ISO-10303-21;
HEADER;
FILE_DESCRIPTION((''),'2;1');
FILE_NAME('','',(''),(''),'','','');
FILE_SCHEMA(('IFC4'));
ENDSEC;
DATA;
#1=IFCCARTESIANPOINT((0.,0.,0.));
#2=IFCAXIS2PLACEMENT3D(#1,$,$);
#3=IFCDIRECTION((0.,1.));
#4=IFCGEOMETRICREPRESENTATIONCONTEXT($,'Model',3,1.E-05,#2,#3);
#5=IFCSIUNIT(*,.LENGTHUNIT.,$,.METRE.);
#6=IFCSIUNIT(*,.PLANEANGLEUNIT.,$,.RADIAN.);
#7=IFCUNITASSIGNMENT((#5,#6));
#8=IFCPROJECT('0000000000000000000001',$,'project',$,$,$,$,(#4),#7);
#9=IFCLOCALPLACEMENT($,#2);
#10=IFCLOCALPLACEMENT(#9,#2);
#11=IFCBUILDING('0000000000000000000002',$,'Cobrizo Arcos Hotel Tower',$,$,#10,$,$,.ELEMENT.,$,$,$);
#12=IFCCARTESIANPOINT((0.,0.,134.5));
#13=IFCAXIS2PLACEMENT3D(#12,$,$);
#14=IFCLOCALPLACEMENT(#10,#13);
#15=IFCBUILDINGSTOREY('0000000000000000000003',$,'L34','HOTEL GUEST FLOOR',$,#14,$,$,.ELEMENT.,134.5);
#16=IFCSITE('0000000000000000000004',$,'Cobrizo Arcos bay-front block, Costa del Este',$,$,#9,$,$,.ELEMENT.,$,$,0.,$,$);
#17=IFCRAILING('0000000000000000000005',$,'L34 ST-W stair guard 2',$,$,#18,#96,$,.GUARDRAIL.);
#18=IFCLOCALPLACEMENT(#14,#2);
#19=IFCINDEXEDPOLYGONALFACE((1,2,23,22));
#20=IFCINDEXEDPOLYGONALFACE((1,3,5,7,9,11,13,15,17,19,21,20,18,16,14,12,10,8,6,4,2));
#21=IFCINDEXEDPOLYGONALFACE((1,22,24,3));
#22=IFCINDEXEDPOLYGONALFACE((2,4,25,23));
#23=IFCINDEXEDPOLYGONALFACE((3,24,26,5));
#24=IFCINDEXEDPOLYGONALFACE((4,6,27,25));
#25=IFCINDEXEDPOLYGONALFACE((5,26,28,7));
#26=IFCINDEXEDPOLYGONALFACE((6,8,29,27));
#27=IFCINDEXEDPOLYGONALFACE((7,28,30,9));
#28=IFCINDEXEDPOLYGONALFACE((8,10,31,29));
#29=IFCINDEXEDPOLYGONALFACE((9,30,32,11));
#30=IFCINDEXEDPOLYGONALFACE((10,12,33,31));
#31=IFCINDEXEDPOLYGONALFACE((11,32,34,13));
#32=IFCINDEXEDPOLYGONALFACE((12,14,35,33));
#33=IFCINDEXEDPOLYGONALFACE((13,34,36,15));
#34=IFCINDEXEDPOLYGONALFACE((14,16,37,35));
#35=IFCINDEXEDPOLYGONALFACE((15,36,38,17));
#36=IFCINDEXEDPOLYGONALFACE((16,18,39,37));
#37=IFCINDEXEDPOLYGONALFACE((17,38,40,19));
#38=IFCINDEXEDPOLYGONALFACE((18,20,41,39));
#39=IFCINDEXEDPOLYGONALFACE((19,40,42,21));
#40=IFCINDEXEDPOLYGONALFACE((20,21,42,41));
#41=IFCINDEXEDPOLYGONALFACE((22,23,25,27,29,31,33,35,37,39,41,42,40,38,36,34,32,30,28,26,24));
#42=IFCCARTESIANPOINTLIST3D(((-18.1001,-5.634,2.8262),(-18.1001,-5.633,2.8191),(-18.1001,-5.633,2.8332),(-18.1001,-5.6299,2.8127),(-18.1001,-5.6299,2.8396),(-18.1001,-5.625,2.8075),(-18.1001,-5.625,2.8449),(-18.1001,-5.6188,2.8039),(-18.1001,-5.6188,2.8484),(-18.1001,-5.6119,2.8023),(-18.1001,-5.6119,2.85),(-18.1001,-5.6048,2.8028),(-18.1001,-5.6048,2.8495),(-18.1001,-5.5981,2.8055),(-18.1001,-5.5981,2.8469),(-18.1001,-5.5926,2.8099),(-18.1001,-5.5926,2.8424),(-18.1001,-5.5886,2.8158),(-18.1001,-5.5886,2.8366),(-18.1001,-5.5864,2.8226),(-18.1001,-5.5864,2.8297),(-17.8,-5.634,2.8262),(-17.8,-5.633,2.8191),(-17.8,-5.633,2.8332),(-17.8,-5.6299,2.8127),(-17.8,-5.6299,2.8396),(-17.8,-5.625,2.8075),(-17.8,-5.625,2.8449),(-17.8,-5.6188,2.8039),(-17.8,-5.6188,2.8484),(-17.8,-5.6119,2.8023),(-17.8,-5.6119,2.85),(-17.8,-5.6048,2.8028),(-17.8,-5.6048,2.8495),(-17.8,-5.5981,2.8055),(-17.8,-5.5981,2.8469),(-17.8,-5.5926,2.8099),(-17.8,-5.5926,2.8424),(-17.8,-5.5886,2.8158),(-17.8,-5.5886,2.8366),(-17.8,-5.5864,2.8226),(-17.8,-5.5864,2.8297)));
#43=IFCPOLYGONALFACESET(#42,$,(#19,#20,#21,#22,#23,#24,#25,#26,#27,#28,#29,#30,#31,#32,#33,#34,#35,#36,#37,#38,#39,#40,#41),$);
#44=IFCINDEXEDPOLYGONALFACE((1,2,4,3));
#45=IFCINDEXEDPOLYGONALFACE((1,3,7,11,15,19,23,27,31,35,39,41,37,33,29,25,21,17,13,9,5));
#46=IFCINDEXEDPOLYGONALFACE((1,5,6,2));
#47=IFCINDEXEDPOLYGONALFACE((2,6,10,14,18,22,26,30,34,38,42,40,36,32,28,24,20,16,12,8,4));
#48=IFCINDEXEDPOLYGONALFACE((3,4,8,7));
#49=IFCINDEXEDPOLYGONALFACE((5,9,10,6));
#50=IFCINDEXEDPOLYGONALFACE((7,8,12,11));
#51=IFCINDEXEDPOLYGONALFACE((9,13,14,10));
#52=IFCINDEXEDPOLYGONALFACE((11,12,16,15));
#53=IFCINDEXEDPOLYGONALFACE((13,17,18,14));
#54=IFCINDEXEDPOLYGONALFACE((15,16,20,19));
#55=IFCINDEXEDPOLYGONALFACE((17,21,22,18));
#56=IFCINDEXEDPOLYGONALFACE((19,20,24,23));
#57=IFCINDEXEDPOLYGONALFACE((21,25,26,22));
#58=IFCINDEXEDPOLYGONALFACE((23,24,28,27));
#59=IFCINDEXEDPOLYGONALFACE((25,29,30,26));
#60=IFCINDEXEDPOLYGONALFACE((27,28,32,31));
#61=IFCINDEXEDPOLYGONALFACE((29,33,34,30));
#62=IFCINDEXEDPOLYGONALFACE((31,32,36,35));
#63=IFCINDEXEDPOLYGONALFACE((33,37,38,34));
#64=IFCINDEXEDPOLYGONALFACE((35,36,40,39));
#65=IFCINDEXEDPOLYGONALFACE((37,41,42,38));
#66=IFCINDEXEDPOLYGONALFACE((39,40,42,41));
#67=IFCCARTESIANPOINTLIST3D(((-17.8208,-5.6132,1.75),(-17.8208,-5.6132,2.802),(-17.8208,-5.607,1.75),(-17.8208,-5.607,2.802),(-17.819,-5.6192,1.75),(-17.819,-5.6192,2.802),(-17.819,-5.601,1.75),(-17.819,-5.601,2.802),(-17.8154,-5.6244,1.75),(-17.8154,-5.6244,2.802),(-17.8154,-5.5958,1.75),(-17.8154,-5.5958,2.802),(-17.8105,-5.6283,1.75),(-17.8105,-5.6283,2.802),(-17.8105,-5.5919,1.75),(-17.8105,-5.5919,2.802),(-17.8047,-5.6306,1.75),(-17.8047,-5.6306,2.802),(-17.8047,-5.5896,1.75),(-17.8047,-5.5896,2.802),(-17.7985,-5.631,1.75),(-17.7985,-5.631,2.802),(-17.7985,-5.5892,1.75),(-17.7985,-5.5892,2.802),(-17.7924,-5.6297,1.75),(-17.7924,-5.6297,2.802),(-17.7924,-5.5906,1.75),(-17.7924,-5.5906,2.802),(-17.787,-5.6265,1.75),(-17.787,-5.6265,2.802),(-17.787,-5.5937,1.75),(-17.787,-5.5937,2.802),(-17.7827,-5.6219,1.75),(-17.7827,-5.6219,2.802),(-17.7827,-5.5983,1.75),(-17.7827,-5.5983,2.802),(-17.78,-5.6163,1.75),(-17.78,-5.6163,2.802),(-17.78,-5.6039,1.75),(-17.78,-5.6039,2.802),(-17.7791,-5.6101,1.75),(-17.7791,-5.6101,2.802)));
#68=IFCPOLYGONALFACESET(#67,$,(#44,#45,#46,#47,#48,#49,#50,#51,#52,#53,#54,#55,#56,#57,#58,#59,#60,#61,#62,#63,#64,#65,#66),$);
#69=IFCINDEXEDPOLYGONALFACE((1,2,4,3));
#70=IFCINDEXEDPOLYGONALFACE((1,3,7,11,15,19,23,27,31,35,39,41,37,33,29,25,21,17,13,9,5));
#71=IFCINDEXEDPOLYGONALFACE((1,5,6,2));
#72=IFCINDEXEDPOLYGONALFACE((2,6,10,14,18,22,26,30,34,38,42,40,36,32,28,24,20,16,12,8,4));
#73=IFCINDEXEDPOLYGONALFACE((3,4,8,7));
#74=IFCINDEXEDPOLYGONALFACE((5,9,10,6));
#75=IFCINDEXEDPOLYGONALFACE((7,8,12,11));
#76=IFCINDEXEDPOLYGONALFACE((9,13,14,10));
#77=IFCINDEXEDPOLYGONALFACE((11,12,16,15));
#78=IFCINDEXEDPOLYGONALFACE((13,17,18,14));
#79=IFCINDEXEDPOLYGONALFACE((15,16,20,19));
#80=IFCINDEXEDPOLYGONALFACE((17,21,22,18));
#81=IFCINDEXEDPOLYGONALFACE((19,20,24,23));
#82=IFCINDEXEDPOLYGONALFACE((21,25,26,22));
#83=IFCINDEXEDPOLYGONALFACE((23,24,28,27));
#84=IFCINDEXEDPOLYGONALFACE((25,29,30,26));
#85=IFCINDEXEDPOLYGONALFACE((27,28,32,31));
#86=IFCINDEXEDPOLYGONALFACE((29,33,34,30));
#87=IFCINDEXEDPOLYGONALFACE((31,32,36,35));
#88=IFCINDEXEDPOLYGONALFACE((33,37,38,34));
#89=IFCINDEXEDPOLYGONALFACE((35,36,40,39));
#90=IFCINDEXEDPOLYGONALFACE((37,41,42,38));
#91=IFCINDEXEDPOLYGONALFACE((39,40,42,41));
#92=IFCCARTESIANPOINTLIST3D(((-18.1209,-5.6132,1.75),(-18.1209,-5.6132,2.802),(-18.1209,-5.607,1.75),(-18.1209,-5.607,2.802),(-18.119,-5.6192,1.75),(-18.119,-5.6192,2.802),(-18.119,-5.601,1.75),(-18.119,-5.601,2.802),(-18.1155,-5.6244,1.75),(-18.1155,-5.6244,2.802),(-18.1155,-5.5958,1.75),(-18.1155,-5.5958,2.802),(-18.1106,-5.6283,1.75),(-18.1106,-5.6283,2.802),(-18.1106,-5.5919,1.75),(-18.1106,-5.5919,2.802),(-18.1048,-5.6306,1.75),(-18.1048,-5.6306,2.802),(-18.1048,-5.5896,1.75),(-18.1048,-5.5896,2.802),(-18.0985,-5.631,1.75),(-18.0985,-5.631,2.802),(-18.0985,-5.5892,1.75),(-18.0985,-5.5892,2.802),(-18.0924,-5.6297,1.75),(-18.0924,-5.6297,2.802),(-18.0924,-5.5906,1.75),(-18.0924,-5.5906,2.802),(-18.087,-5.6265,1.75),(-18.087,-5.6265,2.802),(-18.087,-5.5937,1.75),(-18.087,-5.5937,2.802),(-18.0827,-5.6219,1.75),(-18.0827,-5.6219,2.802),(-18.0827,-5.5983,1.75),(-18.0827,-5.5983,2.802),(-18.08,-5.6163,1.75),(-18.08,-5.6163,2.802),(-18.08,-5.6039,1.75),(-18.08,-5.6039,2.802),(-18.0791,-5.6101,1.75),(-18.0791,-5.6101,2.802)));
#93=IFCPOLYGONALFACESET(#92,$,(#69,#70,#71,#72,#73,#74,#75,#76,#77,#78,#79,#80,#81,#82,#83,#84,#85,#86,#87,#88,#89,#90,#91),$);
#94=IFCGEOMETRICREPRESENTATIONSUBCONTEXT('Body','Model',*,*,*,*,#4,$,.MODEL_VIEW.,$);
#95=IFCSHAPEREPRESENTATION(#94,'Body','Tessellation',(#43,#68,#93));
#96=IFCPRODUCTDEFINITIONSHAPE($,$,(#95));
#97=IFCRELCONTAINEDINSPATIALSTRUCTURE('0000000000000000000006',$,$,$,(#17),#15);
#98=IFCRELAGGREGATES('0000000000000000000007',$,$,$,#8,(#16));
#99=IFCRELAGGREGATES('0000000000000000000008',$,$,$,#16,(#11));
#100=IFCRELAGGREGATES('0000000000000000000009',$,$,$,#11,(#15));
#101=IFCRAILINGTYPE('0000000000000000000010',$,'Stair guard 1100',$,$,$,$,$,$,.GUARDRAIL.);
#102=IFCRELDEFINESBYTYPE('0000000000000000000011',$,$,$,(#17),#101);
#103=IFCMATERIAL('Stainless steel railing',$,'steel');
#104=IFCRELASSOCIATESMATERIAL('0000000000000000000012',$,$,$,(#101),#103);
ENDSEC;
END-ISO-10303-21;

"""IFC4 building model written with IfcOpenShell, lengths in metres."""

from ifc_helpers import new_model, si_unit, direction, frame, origin, origin_2d, place, context, subcontext, project, spatial, circle, extrude, material, type_object, element, save


model = new_model("IFC4")

# Units and contexts
model_context = context("Model", 3, precision=1e-05, world=origin(), true_north=direction((0.0, 1.0)))
body_context = subcontext(model_context, "Body", "Model", "MODEL_VIEW")
ifc_project = project(units=[si_unit("LENGTHUNIT", "METRE"), si_unit("PLANEANGLEUNIT", "RADIAN")], contexts=[model_context])

# Site, building, storey
site_placement = place(None, origin())
site = spatial("IfcSite", under=ifc_project, at=site_placement, Name="Cobrizo Arcos bay-front block, Costa del Este", CompositionType="ELEMENT", RefElevation=0.0)
building_placement = place(site_placement, origin())
building = spatial("IfcBuilding", under=site, at=building_placement, Name="Cobrizo Arcos Hotel Tower", CompositionType="ELEMENT")
storey_placement = place(building_placement, frame((0.0, 0.0, 134.5)))
storey = spatial("IfcBuildingStorey", under=building, at=storey_placement, Name="L34", Description="HOTEL GUEST FLOOR", CompositionType="ELEMENT", Elevation=134.5)

# Railing
ifc_material_1 = material(Name="Stainless steel railing", Category="steel")
railing_type_1 = type_object("IfcRailingType", Name="Stair guard 1100", PredefinedType="GUARDRAIL", material=ifc_material_1)
railing_1_placement = place(storey_placement, frame((-17.8, -5.6101, 1.75)))
element("IfcRailing", 1, at=railing_1_placement, inside=storey, type_object=railing_type_1, Name="L34 ST-W stair guard 2", PredefinedType="GUARDRAIL", context=body_context, shape_type="SweptSolid", body=[
    extrude(circle(Radius=0.0239, at=origin_2d()), frame((0.0, 0.0, 1.0762), z_axis=(-1.0, 0.0, 0.0), x_axis=(0.0, -1.0, 0.0)), (0.0, 0.0, 1.0), 0.3),
    extrude(circle(Radius=0.021, at=origin_2d()), origin(), (0.0, 0.0, 1.0), 1.052),
    extrude(circle(Radius=0.021, at=origin_2d()), frame((-0.3, 0.0, 0.0)), (0.0, 0.0, 1.0), 1.052),
])

save(model, "model.ifc")
